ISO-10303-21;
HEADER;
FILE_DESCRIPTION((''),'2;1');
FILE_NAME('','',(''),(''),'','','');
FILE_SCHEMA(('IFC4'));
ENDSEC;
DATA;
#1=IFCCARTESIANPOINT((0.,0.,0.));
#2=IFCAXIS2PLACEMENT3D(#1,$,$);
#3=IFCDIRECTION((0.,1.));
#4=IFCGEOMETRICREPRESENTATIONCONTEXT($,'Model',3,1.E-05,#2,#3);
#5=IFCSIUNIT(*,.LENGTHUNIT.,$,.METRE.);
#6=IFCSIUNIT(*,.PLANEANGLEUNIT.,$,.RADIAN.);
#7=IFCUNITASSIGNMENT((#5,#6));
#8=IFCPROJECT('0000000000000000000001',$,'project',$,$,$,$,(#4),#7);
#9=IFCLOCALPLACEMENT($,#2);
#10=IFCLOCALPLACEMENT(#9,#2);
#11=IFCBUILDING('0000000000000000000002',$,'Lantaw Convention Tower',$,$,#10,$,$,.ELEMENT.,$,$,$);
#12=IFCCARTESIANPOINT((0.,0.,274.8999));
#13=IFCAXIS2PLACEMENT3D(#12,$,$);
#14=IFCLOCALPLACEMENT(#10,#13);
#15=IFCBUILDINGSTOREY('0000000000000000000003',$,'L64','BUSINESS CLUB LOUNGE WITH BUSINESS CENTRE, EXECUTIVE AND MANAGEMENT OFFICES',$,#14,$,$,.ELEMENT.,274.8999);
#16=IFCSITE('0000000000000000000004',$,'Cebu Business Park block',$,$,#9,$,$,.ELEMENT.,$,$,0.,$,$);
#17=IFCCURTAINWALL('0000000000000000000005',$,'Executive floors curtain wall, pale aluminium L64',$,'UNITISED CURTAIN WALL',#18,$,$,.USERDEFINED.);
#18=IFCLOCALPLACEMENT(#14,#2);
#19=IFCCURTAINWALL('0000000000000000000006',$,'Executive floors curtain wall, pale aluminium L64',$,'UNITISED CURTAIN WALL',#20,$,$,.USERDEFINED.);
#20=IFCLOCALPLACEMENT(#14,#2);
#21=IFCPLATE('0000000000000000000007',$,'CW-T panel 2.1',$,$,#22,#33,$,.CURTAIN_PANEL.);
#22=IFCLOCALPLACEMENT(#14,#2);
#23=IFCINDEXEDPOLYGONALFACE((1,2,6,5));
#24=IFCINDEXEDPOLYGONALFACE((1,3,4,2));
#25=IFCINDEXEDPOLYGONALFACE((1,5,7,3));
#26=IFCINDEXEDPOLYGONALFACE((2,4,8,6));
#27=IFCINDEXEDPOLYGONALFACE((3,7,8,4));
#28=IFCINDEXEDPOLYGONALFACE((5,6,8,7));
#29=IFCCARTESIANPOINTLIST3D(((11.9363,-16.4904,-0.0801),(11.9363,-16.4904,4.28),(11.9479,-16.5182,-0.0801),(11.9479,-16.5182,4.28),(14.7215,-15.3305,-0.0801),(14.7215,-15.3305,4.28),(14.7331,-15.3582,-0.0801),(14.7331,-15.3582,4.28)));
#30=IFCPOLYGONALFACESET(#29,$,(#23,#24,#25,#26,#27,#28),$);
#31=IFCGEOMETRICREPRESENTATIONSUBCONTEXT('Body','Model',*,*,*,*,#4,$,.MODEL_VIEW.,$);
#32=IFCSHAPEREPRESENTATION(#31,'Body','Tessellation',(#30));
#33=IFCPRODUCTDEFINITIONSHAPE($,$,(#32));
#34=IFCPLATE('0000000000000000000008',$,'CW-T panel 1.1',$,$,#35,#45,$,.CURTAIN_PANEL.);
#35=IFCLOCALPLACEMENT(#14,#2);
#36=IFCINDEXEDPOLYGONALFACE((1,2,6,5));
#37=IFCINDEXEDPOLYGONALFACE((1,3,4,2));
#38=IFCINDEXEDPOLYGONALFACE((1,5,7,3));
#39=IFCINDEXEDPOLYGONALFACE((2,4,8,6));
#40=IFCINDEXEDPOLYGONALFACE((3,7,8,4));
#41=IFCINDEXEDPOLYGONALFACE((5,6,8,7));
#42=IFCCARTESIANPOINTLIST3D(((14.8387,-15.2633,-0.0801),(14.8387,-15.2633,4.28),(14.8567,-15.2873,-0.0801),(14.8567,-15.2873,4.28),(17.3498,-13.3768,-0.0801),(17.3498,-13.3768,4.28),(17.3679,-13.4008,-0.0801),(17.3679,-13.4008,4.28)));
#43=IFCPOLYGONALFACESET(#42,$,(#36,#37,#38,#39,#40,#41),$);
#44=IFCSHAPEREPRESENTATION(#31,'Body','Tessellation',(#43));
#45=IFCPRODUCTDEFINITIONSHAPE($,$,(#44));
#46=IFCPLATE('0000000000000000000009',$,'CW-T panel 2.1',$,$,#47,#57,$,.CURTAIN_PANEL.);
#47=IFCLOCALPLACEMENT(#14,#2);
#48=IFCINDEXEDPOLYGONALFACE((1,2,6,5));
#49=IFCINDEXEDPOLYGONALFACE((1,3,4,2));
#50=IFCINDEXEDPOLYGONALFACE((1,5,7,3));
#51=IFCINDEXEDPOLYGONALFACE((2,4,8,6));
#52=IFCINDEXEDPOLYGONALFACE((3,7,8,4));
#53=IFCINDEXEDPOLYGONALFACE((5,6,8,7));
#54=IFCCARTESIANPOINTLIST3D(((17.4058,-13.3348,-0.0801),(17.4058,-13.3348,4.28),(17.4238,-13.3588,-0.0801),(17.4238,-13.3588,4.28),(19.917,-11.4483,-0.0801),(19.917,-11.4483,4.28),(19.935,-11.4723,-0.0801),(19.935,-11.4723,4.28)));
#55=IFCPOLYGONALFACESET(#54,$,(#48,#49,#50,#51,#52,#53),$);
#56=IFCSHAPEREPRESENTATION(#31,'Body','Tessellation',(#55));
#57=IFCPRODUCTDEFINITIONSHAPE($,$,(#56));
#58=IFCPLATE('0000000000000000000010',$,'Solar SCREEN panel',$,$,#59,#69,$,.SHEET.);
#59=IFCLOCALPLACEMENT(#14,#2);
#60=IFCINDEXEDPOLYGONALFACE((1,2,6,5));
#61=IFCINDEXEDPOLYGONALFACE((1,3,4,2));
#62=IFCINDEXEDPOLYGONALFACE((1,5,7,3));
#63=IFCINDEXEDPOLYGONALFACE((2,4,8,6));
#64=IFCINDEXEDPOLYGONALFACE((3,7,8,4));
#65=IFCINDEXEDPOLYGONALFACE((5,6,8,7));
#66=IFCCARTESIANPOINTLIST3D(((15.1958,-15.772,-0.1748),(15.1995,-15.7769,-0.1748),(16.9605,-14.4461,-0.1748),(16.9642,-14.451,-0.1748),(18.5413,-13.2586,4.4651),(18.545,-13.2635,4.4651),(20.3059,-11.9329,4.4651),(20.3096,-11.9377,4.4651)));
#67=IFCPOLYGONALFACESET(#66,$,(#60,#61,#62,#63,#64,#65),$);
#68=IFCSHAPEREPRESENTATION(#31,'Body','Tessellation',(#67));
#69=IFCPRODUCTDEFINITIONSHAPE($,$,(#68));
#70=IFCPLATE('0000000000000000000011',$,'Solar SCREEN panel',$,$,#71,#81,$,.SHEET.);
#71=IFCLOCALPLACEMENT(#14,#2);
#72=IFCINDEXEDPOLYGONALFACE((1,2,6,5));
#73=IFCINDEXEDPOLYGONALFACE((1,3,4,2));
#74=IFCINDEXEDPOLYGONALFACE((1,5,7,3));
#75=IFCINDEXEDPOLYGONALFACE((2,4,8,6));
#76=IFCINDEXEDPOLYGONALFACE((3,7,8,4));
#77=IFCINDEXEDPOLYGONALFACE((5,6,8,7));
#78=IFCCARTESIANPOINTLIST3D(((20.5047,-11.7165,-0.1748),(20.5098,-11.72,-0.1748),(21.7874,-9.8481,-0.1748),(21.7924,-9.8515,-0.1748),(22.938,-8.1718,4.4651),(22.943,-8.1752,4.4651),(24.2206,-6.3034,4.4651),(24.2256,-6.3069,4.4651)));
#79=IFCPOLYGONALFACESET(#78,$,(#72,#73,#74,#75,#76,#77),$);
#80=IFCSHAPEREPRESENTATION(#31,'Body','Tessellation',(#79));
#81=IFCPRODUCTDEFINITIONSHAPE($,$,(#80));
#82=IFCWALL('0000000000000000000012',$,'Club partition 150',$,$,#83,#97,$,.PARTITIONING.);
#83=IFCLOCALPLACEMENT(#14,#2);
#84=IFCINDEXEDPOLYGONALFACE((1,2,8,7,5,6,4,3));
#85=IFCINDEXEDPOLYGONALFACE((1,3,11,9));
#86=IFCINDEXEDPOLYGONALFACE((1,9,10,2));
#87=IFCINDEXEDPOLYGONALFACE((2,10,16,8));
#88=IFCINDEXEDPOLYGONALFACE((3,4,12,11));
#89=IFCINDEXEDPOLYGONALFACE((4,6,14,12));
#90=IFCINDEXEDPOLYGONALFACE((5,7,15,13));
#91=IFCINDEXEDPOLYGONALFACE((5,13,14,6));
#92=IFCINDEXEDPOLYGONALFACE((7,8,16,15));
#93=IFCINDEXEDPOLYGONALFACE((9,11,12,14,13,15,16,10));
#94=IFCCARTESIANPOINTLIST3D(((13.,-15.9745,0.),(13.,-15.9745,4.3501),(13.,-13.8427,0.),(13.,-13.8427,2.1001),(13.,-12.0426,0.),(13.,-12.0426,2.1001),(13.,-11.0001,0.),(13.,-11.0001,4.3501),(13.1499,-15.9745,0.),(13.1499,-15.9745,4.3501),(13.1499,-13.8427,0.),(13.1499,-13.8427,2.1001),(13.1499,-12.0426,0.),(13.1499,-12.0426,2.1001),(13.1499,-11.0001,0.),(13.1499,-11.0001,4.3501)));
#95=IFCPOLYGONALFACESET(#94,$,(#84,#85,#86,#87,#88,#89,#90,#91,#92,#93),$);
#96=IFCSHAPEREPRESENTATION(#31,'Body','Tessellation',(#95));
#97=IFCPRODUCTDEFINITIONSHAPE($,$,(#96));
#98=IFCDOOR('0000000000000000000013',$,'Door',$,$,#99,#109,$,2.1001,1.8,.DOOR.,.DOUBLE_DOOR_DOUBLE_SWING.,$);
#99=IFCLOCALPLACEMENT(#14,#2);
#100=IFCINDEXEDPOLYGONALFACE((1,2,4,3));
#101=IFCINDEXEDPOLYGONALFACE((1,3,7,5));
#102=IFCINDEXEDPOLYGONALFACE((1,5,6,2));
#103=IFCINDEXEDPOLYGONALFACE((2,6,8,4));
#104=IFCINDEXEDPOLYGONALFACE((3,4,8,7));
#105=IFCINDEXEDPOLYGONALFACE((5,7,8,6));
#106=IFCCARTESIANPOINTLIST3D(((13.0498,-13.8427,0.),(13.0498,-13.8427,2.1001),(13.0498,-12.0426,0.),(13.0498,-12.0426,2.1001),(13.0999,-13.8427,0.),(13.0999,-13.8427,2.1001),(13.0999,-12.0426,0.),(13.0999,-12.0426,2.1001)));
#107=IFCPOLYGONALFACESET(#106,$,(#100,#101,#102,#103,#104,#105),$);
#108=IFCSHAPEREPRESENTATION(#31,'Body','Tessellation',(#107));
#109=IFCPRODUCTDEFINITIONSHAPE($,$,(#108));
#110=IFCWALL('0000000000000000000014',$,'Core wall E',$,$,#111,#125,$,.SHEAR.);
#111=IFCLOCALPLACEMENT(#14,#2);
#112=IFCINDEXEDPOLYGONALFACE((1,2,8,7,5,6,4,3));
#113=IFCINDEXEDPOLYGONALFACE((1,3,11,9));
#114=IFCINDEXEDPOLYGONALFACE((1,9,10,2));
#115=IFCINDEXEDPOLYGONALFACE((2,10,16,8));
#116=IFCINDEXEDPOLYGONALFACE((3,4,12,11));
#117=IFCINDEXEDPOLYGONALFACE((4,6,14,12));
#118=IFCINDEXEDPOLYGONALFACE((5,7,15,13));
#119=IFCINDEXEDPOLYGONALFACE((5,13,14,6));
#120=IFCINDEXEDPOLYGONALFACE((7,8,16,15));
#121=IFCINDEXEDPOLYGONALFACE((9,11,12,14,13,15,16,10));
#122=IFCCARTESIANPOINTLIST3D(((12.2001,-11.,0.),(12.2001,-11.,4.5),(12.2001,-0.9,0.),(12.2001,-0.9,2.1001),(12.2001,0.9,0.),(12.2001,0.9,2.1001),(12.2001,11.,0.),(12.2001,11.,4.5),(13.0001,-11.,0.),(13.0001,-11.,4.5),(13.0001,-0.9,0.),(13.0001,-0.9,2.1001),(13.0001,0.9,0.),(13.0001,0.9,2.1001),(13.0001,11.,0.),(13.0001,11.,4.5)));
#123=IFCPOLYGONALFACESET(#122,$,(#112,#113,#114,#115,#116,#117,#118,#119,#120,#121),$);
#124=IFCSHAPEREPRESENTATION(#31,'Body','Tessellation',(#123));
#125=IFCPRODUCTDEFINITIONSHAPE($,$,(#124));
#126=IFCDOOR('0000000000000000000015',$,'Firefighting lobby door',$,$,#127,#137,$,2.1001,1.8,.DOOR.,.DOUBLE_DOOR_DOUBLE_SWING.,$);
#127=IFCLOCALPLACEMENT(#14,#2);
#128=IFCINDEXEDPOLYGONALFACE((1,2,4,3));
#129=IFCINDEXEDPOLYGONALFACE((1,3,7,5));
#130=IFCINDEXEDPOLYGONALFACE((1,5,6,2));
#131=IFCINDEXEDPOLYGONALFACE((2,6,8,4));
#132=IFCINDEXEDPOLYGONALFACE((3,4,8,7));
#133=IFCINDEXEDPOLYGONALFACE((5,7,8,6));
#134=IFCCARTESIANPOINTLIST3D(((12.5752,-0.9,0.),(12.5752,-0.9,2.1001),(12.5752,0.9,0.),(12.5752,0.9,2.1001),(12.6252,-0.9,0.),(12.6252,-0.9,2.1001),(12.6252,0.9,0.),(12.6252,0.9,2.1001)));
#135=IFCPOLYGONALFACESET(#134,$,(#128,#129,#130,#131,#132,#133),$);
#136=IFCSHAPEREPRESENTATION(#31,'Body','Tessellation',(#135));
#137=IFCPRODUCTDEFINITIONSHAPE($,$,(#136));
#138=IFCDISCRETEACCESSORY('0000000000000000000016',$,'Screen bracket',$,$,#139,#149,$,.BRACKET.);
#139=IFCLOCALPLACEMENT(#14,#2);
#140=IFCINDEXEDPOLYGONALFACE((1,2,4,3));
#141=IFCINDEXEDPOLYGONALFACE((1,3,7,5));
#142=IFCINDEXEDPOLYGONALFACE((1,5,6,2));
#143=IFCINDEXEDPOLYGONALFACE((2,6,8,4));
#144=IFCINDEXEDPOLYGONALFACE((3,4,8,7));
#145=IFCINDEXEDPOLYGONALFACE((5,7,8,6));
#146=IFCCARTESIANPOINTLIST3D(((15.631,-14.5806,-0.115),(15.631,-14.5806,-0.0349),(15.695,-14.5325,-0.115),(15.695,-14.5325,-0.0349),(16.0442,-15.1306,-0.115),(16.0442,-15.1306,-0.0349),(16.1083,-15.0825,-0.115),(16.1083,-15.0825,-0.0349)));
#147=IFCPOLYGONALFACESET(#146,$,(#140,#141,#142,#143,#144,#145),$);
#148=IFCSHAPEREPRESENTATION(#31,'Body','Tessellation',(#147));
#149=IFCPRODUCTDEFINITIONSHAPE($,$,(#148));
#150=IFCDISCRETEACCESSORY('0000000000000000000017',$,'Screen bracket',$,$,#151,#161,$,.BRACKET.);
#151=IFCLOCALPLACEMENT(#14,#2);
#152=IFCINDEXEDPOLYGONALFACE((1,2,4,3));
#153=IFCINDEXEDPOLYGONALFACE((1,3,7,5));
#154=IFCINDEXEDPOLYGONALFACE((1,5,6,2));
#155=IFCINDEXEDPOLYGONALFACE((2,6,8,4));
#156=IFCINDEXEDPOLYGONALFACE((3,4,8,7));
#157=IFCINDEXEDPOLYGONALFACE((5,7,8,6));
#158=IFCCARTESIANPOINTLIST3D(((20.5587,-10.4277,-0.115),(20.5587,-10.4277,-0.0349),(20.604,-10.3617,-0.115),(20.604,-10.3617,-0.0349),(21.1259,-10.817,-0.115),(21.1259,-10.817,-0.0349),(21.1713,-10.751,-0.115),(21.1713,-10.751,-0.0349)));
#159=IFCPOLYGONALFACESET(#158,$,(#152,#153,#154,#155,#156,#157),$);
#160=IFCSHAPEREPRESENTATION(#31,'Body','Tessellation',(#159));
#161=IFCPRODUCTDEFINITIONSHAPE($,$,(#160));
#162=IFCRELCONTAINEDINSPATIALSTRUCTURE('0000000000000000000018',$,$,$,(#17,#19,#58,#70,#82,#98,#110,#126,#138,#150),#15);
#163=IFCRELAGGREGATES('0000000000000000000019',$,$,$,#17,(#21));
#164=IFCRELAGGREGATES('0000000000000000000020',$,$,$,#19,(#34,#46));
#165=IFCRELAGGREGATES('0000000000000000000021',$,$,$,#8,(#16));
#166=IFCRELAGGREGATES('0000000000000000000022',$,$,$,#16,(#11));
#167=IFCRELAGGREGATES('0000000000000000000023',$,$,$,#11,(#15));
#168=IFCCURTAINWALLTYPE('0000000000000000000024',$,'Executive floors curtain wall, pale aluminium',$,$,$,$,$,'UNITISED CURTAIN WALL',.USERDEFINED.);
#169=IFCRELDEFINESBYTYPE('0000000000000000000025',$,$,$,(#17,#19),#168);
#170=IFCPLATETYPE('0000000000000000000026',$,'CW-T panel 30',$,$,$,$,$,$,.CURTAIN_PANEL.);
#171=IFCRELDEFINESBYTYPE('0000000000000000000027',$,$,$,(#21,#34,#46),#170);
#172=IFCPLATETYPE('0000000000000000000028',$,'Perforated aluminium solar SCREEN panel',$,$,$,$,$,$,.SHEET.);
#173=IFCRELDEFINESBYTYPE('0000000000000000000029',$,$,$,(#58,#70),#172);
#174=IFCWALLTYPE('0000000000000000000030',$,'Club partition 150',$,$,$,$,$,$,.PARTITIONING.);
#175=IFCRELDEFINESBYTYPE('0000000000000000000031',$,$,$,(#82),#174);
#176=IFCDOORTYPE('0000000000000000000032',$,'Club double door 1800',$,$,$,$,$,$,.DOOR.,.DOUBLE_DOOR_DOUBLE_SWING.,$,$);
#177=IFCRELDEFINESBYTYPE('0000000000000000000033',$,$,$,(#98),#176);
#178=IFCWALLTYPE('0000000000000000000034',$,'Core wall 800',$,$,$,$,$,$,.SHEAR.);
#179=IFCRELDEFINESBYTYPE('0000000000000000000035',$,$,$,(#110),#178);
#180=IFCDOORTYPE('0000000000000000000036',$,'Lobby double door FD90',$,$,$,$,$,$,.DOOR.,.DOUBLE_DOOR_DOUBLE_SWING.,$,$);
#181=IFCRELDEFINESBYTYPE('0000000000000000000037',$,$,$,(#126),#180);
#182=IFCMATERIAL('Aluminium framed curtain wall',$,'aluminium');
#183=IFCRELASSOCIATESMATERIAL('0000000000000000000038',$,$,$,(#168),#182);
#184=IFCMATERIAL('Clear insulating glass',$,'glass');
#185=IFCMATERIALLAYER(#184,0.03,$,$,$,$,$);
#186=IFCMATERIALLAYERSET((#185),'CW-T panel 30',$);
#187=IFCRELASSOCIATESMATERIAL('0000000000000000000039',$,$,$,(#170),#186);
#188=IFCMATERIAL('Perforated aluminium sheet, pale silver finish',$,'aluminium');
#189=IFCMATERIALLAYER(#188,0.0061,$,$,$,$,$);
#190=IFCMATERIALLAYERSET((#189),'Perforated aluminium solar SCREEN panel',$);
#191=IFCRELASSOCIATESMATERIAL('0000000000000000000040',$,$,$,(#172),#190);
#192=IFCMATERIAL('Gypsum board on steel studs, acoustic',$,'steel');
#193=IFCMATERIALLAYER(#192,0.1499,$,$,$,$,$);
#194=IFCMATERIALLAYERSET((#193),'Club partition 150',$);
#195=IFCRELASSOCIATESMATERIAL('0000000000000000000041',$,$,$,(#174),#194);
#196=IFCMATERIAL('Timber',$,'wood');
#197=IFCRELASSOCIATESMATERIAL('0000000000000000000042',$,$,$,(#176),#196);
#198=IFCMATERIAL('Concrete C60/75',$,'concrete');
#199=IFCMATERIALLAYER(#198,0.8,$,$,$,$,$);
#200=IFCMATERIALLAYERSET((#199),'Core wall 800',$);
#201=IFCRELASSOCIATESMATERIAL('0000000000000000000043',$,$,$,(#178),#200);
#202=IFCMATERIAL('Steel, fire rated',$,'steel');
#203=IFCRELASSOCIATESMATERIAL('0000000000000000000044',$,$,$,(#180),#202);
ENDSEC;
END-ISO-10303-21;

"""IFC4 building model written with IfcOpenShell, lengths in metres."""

from ifc_helpers import new_model, si_unit, direction, frame, frame_2d, origin, origin_2d, place, context, subcontext, project, spatial, polyline, rectangle, outline, extrude, material, layer, layer_set, type_object, element, fill, aggregate, save


model = new_model("IFC4")

# Units and contexts
model_context = context("Model", 3, precision=1e-05, world=origin(), true_north=direction((0.0, 1.0)))
body_context = subcontext(model_context, "Body", "Model", "MODEL_VIEW")
ifc_project = project(units=[si_unit("LENGTHUNIT", "METRE"), si_unit("PLANEANGLEUNIT", "RADIAN")], contexts=[model_context])

# Site, building, storey
site_placement = place(None, origin())
site = spatial("IfcSite", under=ifc_project, at=site_placement, Name="Cebu Business Park block", CompositionType="ELEMENT", RefElevation=0.0)
building_placement = place(site_placement, origin())
building = spatial("IfcBuilding", under=site, at=building_placement, Name="Lantaw Convention Tower", CompositionType="ELEMENT")
storey_placement = place(building_placement, frame((0.0, 0.0, 274.8999)))
storey = spatial("IfcBuildingStorey", under=building, at=storey_placement, Name="L64", Description="BUSINESS CLUB LOUNGE WITH BUSINESS CENTRE, EXECUTIVE AND MANAGEMENT OFFICES", CompositionType="ELEMENT", Elevation=274.8999)

# Shared definitions
ifc_material_1 = material(Name="Concrete C60/75", Category="concrete")

# Curtain walls
ifc_material_2 = material(Name="Aluminium framed curtain wall", Category="aluminium")
curtain_wall_type = type_object("IfcCurtainWallType", Name="Executive floors curtain wall, pale aluminium", ElementType="UNITISED CURTAIN WALL", PredefinedType="USERDEFINED", material=ifc_material_2)
curtain_wall_1_placement = place(storey_placement, origin())
curtain_wall_1 = element("IfcCurtainWall", 1, at=curtain_wall_1_placement, inside=storey, type_object=curtain_wall_type, Name="Executive floors curtain wall, pale aluminium L64", ObjectType="UNITISED CURTAIN WALL", PredefinedType="USERDEFINED")
curtain_wall_2_placement = place(storey_placement, origin())
curtain_wall_2 = element("IfcCurtainWall", 2, at=curtain_wall_2_placement, inside=storey, type_object=curtain_wall_type, Name="Executive floors curtain wall, pale aluminium L64", ObjectType="UNITISED CURTAIN WALL", PredefinedType="USERDEFINED")

# Plates
ifc_material_3 = material(Name="Clear insulating glass", Category="glass")
ifc_layer_1 = layer(ifc_material_3, 0.03)
ifc_layer_set_1 = layer_set([ifc_layer_1], Name="CW-T panel 30")
plate_type_1 = type_object("IfcPlateType", Name="CW-T panel 30", PredefinedType="CURTAIN_PANEL", material=ifc_layer_set_1)
plate_1_placement = place(storey_placement, frame((13.3347, -15.9243, -0.0801), z_axis=(0.0, 0.0, 1.0), x_axis=(0.923142, 0.38446, 0.0)))
plate_1 = element("IfcPlate", 3, at=plate_1_placement, type_object=plate_type_1, Name="CW-T panel 2.1", PredefinedType="CURTAIN_PANEL", context=body_context, shape_type="SweptSolid", body=[
    extrude(rectangle(XDim=3.0171, YDim=0.03, at=origin_2d()), origin(), (0.0, 0.0, 1.0), 4.3601),
])
aggregate(curtain_wall_1, [plate_1])
plate_2_placement = place(storey_placement, frame((16.1033, -14.332, -0.0801), z_axis=(0.0, 0.0, 1.0), x_axis=(0.799518, 0.600643, 0.0)))
plate_2 = element("IfcPlate", 4, at=plate_2_placement, type_object=plate_type_1, Name="CW-T panel 1.1", PredefinedType="CURTAIN_PANEL", context=body_context, shape_type="SweptSolid", body=[
    extrude(rectangle(XDim=3.1409, YDim=0.03, at=origin_2d()), origin(), (0.0, 0.0, 1.0), 4.3601),
])
plate_3_placement = place(storey_placement, frame((18.6704, -12.4036, -0.0801), z_axis=(0.0, 0.0, 1.0), x_axis=(0.799518, 0.600643, 0.0)))
plate_3 = element("IfcPlate", 5, at=plate_3_placement, type_object=plate_type_1, Name="CW-T panel 2.1", PredefinedType="CURTAIN_PANEL", context=body_context, shape_type="SweptSolid", body=[
    extrude(rectangle(XDim=3.1409, YDim=0.03, at=origin_2d()), origin(), (0.0, 0.0, 1.0), 4.3601),
])
aggregate(curtain_wall_2, [plate_2, plate_3])

# Plates
ifc_material_4 = material(Name="Perforated aluminium sheet, pale silver finish", Category="aluminium")
ifc_layer_2 = layer(ifc_material_4, 0.0061)
ifc_layer_set_2 = layer_set([ifc_layer_2], Name="Perforated aluminium solar SCREEN panel")
plate_type_2 = type_object("IfcPlateType", Name="Perforated aluminium solar SCREEN panel", PredefinedType="SHEET", material=ifc_layer_set_2)
plate_4_placement = place(storey_placement, frame((15.1958, -15.772, -0.1748), z_axis=(-0.600672, 0.799495, 0.000032), x_axis=(0.799495, 0.600672, 0.0)))
element("IfcPlate", 6, at=plate_4_placement, inside=storey, type_object=plate_type_2, Name="Solar SCREEN panel", PredefinedType="SHEET", context=body_context, shape_type="SweptSolid", body=[
    extrude(outline(polyline([(0.0, 0.0), (2.2073, 0.0), (6.3916, -4.6399), (4.1844, -4.6399), (0.0, 0.0)])), origin(), (0.0, 0.0, -1.0), 0.0061),
])
plate_5_placement = place(storey_placement, frame((20.5098, -11.72, -0.1748), z_axis=(0.824441, -0.565948, 0.000011), x_axis=(0.565948, 0.824441, 0.0)))
element("IfcPlate", 7, at=plate_5_placement, inside=storey, type_object=plate_type_2, Name="Solar SCREEN panel", PredefinedType="SHEET", context=body_context, shape_type="SweptSolid", body=[
    extrude(outline(polyline([(0.0, 0.0), (2.2663, 0.0), (6.5657, 4.6399), (4.2995, 4.6399), (0.0, 0.0)])), origin(), (0.0, 0.0, -1.0), 0.0061),
])

# Walls, openings, doors
ifc_material_5 = material(Name="Gypsum board on steel studs, acoustic", Category="steel")
ifc_layer_3 = layer(ifc_material_5, 0.1499)
ifc_layer_set_3 = layer_set([ifc_layer_3], Name="Club partition 150")
wall_type_1 = type_object("IfcWallType", Name="Club partition 150", PredefinedType="PARTITIONING", material=ifc_layer_set_3)
wall_1_placement = place(storey_placement, frame((13.075, -11.0, 0.0), z_axis=(0.0, 0.0, 1.0), x_axis=(0.0, -1.0, 0.0)))
wall_1 = element("IfcWall", 8, at=wall_1_placement, inside=storey, type_object=wall_type_1, Name="Club partition 150", PredefinedType="PARTITIONING", context=body_context, shape_type="SweptSolid", body=[
    extrude(rectangle(XDim=4.9744, YDim=0.1499, at=frame_2d((2.4873, 0.0))), origin(), (0.0, 0.0, 1.0), 4.3501),
])
opening_1_placement = place(wall_1_placement, frame((1.0427, 0.0, 0.0)))
opening_1 = element("IfcOpeningElement", 9, at=opening_1_placement, cuts=wall_1, PredefinedType="OPENING", context=body_context, shape_type="SweptSolid", body=[
    extrude(rectangle(XDim=1.8, YDim=2.1001, at=frame_2d((0.8999, 1.05))), frame((0.0, 0.085, 0.0), z_axis=(0.0, -1.0, 0.0), x_axis=(1.0, 0.0, 0.0)), (0.0, 0.0, 1.0), 0.1699),
])
ifc_material_6 = material(Name="Timber", Category="wood")
door_type_1 = type_object("IfcDoorType", Name="Club double door 1800", OperationType="DOUBLE_DOOR_DOUBLE_SWING", PredefinedType="DOOR", material=ifc_material_6)
door_1_placement = place(opening_1_placement, origin())
door_1 = element("IfcDoor", 10, at=door_1_placement, inside=storey, type_object=door_type_1, Name="Door", OperationType="DOUBLE_DOOR_DOUBLE_SWING", OverallHeight=2.1001, OverallWidth=1.8, PredefinedType="DOOR", context=body_context, shape_type="SweptSolid", body=[
    extrude(rectangle(XDim=1.8, YDim=2.1001, at=frame_2d((0.8999, 1.05))), frame((0.0, 0.0249, 0.0), z_axis=(0.0, -1.0, 0.0), x_axis=(1.0, 0.0, 0.0)), (0.0, 0.0, 1.0), 0.05),
])
fill(opening_1, door_1)
ifc_layer_4 = layer(ifc_material_1, 0.8)
ifc_layer_set_4 = layer_set([ifc_layer_4], Name="Core wall 800")
wall_type_2 = type_object("IfcWallType", Name="Core wall 800", PredefinedType="SHEAR", material=ifc_layer_set_4)
wall_2_placement = place(storey_placement, frame((12.6001, -11.0, 0.0), z_axis=(0.0, 0.0, 1.0), x_axis=(0.0, 1.0, 0.0)))
wall_2 = element("IfcWall", 11, at=wall_2_placement, inside=storey, type_object=wall_type_2, Name="Core wall E", PredefinedType="SHEAR", context=body_context, shape_type="SweptSolid", body=[
    extrude(rectangle(XDim=22.0, YDim=0.8, at=frame_2d((11.0, 0.0))), origin(), (0.0, 0.0, 1.0), 4.5),
])
opening_2_placement = place(wall_2_placement, frame((10.1001, 0.0, 0.0)))
opening_2 = element("IfcOpeningElement", 12, at=opening_2_placement, cuts=wall_2, PredefinedType="OPENING", context=body_context, shape_type="SweptSolid", body=[
    extrude(rectangle(XDim=1.8, YDim=2.1001, at=frame_2d((0.8999, 1.05))), frame((0.0, 0.4099, 0.0), z_axis=(0.0, -1.0, 0.0), x_axis=(1.0, 0.0, 0.0)), (0.0, 0.0, 1.0), 0.8201),
])
ifc_material_7 = material(Name="Steel, fire rated", Category="steel")
door_type_2 = type_object("IfcDoorType", Name="Lobby double door FD90", OperationType="DOUBLE_DOOR_DOUBLE_SWING", PredefinedType="DOOR", material=ifc_material_7)
door_2_placement = place(opening_2_placement, origin())
door_2 = element("IfcDoor", 13, at=door_2_placement, inside=storey, type_object=door_type_2, Name="Firefighting lobby door", OperationType="DOUBLE_DOOR_DOUBLE_SWING", OverallHeight=2.1001, OverallWidth=1.8, PredefinedType="DOOR", context=body_context, shape_type="SweptSolid", body=[
    extrude(rectangle(XDim=1.8, YDim=2.1001, at=frame_2d((0.8999, 1.05))), frame((0.0, 0.0249, 0.0), z_axis=(0.0, -1.0, 0.0), x_axis=(1.0, 0.0, 0.0)), (0.0, 0.0, 1.0), 0.05),
])
fill(opening_2, door_2)

# Discrete accessories
for number, where, z_axis, x_axis, name in (
    (14, (15.8696, -14.8315, -0.115), (0.0, 0.0, 1.0), (0.799518, 0.600643, 0.0), "Screen bracket"),
    (15, (20.865, -10.5894, -0.115), (0.0, 0.0, 1.0), (0.565935, 0.82445, 0.0), "Screen bracket"),
):
    element("IfcDiscreteAccessory", number, at=place(storey_placement, frame(where, z_axis=z_axis, x_axis=x_axis)), inside=storey, Name=name, PredefinedType="BRACKET", context=body_context, shape_type="SweptSolid", body=[
        extrude(rectangle(XDim=0.0801, YDim=0.688, at=origin_2d()), origin(), (0.0, 0.0, 1.0), 0.0801),
    ])

save(model, "model.ifc")
